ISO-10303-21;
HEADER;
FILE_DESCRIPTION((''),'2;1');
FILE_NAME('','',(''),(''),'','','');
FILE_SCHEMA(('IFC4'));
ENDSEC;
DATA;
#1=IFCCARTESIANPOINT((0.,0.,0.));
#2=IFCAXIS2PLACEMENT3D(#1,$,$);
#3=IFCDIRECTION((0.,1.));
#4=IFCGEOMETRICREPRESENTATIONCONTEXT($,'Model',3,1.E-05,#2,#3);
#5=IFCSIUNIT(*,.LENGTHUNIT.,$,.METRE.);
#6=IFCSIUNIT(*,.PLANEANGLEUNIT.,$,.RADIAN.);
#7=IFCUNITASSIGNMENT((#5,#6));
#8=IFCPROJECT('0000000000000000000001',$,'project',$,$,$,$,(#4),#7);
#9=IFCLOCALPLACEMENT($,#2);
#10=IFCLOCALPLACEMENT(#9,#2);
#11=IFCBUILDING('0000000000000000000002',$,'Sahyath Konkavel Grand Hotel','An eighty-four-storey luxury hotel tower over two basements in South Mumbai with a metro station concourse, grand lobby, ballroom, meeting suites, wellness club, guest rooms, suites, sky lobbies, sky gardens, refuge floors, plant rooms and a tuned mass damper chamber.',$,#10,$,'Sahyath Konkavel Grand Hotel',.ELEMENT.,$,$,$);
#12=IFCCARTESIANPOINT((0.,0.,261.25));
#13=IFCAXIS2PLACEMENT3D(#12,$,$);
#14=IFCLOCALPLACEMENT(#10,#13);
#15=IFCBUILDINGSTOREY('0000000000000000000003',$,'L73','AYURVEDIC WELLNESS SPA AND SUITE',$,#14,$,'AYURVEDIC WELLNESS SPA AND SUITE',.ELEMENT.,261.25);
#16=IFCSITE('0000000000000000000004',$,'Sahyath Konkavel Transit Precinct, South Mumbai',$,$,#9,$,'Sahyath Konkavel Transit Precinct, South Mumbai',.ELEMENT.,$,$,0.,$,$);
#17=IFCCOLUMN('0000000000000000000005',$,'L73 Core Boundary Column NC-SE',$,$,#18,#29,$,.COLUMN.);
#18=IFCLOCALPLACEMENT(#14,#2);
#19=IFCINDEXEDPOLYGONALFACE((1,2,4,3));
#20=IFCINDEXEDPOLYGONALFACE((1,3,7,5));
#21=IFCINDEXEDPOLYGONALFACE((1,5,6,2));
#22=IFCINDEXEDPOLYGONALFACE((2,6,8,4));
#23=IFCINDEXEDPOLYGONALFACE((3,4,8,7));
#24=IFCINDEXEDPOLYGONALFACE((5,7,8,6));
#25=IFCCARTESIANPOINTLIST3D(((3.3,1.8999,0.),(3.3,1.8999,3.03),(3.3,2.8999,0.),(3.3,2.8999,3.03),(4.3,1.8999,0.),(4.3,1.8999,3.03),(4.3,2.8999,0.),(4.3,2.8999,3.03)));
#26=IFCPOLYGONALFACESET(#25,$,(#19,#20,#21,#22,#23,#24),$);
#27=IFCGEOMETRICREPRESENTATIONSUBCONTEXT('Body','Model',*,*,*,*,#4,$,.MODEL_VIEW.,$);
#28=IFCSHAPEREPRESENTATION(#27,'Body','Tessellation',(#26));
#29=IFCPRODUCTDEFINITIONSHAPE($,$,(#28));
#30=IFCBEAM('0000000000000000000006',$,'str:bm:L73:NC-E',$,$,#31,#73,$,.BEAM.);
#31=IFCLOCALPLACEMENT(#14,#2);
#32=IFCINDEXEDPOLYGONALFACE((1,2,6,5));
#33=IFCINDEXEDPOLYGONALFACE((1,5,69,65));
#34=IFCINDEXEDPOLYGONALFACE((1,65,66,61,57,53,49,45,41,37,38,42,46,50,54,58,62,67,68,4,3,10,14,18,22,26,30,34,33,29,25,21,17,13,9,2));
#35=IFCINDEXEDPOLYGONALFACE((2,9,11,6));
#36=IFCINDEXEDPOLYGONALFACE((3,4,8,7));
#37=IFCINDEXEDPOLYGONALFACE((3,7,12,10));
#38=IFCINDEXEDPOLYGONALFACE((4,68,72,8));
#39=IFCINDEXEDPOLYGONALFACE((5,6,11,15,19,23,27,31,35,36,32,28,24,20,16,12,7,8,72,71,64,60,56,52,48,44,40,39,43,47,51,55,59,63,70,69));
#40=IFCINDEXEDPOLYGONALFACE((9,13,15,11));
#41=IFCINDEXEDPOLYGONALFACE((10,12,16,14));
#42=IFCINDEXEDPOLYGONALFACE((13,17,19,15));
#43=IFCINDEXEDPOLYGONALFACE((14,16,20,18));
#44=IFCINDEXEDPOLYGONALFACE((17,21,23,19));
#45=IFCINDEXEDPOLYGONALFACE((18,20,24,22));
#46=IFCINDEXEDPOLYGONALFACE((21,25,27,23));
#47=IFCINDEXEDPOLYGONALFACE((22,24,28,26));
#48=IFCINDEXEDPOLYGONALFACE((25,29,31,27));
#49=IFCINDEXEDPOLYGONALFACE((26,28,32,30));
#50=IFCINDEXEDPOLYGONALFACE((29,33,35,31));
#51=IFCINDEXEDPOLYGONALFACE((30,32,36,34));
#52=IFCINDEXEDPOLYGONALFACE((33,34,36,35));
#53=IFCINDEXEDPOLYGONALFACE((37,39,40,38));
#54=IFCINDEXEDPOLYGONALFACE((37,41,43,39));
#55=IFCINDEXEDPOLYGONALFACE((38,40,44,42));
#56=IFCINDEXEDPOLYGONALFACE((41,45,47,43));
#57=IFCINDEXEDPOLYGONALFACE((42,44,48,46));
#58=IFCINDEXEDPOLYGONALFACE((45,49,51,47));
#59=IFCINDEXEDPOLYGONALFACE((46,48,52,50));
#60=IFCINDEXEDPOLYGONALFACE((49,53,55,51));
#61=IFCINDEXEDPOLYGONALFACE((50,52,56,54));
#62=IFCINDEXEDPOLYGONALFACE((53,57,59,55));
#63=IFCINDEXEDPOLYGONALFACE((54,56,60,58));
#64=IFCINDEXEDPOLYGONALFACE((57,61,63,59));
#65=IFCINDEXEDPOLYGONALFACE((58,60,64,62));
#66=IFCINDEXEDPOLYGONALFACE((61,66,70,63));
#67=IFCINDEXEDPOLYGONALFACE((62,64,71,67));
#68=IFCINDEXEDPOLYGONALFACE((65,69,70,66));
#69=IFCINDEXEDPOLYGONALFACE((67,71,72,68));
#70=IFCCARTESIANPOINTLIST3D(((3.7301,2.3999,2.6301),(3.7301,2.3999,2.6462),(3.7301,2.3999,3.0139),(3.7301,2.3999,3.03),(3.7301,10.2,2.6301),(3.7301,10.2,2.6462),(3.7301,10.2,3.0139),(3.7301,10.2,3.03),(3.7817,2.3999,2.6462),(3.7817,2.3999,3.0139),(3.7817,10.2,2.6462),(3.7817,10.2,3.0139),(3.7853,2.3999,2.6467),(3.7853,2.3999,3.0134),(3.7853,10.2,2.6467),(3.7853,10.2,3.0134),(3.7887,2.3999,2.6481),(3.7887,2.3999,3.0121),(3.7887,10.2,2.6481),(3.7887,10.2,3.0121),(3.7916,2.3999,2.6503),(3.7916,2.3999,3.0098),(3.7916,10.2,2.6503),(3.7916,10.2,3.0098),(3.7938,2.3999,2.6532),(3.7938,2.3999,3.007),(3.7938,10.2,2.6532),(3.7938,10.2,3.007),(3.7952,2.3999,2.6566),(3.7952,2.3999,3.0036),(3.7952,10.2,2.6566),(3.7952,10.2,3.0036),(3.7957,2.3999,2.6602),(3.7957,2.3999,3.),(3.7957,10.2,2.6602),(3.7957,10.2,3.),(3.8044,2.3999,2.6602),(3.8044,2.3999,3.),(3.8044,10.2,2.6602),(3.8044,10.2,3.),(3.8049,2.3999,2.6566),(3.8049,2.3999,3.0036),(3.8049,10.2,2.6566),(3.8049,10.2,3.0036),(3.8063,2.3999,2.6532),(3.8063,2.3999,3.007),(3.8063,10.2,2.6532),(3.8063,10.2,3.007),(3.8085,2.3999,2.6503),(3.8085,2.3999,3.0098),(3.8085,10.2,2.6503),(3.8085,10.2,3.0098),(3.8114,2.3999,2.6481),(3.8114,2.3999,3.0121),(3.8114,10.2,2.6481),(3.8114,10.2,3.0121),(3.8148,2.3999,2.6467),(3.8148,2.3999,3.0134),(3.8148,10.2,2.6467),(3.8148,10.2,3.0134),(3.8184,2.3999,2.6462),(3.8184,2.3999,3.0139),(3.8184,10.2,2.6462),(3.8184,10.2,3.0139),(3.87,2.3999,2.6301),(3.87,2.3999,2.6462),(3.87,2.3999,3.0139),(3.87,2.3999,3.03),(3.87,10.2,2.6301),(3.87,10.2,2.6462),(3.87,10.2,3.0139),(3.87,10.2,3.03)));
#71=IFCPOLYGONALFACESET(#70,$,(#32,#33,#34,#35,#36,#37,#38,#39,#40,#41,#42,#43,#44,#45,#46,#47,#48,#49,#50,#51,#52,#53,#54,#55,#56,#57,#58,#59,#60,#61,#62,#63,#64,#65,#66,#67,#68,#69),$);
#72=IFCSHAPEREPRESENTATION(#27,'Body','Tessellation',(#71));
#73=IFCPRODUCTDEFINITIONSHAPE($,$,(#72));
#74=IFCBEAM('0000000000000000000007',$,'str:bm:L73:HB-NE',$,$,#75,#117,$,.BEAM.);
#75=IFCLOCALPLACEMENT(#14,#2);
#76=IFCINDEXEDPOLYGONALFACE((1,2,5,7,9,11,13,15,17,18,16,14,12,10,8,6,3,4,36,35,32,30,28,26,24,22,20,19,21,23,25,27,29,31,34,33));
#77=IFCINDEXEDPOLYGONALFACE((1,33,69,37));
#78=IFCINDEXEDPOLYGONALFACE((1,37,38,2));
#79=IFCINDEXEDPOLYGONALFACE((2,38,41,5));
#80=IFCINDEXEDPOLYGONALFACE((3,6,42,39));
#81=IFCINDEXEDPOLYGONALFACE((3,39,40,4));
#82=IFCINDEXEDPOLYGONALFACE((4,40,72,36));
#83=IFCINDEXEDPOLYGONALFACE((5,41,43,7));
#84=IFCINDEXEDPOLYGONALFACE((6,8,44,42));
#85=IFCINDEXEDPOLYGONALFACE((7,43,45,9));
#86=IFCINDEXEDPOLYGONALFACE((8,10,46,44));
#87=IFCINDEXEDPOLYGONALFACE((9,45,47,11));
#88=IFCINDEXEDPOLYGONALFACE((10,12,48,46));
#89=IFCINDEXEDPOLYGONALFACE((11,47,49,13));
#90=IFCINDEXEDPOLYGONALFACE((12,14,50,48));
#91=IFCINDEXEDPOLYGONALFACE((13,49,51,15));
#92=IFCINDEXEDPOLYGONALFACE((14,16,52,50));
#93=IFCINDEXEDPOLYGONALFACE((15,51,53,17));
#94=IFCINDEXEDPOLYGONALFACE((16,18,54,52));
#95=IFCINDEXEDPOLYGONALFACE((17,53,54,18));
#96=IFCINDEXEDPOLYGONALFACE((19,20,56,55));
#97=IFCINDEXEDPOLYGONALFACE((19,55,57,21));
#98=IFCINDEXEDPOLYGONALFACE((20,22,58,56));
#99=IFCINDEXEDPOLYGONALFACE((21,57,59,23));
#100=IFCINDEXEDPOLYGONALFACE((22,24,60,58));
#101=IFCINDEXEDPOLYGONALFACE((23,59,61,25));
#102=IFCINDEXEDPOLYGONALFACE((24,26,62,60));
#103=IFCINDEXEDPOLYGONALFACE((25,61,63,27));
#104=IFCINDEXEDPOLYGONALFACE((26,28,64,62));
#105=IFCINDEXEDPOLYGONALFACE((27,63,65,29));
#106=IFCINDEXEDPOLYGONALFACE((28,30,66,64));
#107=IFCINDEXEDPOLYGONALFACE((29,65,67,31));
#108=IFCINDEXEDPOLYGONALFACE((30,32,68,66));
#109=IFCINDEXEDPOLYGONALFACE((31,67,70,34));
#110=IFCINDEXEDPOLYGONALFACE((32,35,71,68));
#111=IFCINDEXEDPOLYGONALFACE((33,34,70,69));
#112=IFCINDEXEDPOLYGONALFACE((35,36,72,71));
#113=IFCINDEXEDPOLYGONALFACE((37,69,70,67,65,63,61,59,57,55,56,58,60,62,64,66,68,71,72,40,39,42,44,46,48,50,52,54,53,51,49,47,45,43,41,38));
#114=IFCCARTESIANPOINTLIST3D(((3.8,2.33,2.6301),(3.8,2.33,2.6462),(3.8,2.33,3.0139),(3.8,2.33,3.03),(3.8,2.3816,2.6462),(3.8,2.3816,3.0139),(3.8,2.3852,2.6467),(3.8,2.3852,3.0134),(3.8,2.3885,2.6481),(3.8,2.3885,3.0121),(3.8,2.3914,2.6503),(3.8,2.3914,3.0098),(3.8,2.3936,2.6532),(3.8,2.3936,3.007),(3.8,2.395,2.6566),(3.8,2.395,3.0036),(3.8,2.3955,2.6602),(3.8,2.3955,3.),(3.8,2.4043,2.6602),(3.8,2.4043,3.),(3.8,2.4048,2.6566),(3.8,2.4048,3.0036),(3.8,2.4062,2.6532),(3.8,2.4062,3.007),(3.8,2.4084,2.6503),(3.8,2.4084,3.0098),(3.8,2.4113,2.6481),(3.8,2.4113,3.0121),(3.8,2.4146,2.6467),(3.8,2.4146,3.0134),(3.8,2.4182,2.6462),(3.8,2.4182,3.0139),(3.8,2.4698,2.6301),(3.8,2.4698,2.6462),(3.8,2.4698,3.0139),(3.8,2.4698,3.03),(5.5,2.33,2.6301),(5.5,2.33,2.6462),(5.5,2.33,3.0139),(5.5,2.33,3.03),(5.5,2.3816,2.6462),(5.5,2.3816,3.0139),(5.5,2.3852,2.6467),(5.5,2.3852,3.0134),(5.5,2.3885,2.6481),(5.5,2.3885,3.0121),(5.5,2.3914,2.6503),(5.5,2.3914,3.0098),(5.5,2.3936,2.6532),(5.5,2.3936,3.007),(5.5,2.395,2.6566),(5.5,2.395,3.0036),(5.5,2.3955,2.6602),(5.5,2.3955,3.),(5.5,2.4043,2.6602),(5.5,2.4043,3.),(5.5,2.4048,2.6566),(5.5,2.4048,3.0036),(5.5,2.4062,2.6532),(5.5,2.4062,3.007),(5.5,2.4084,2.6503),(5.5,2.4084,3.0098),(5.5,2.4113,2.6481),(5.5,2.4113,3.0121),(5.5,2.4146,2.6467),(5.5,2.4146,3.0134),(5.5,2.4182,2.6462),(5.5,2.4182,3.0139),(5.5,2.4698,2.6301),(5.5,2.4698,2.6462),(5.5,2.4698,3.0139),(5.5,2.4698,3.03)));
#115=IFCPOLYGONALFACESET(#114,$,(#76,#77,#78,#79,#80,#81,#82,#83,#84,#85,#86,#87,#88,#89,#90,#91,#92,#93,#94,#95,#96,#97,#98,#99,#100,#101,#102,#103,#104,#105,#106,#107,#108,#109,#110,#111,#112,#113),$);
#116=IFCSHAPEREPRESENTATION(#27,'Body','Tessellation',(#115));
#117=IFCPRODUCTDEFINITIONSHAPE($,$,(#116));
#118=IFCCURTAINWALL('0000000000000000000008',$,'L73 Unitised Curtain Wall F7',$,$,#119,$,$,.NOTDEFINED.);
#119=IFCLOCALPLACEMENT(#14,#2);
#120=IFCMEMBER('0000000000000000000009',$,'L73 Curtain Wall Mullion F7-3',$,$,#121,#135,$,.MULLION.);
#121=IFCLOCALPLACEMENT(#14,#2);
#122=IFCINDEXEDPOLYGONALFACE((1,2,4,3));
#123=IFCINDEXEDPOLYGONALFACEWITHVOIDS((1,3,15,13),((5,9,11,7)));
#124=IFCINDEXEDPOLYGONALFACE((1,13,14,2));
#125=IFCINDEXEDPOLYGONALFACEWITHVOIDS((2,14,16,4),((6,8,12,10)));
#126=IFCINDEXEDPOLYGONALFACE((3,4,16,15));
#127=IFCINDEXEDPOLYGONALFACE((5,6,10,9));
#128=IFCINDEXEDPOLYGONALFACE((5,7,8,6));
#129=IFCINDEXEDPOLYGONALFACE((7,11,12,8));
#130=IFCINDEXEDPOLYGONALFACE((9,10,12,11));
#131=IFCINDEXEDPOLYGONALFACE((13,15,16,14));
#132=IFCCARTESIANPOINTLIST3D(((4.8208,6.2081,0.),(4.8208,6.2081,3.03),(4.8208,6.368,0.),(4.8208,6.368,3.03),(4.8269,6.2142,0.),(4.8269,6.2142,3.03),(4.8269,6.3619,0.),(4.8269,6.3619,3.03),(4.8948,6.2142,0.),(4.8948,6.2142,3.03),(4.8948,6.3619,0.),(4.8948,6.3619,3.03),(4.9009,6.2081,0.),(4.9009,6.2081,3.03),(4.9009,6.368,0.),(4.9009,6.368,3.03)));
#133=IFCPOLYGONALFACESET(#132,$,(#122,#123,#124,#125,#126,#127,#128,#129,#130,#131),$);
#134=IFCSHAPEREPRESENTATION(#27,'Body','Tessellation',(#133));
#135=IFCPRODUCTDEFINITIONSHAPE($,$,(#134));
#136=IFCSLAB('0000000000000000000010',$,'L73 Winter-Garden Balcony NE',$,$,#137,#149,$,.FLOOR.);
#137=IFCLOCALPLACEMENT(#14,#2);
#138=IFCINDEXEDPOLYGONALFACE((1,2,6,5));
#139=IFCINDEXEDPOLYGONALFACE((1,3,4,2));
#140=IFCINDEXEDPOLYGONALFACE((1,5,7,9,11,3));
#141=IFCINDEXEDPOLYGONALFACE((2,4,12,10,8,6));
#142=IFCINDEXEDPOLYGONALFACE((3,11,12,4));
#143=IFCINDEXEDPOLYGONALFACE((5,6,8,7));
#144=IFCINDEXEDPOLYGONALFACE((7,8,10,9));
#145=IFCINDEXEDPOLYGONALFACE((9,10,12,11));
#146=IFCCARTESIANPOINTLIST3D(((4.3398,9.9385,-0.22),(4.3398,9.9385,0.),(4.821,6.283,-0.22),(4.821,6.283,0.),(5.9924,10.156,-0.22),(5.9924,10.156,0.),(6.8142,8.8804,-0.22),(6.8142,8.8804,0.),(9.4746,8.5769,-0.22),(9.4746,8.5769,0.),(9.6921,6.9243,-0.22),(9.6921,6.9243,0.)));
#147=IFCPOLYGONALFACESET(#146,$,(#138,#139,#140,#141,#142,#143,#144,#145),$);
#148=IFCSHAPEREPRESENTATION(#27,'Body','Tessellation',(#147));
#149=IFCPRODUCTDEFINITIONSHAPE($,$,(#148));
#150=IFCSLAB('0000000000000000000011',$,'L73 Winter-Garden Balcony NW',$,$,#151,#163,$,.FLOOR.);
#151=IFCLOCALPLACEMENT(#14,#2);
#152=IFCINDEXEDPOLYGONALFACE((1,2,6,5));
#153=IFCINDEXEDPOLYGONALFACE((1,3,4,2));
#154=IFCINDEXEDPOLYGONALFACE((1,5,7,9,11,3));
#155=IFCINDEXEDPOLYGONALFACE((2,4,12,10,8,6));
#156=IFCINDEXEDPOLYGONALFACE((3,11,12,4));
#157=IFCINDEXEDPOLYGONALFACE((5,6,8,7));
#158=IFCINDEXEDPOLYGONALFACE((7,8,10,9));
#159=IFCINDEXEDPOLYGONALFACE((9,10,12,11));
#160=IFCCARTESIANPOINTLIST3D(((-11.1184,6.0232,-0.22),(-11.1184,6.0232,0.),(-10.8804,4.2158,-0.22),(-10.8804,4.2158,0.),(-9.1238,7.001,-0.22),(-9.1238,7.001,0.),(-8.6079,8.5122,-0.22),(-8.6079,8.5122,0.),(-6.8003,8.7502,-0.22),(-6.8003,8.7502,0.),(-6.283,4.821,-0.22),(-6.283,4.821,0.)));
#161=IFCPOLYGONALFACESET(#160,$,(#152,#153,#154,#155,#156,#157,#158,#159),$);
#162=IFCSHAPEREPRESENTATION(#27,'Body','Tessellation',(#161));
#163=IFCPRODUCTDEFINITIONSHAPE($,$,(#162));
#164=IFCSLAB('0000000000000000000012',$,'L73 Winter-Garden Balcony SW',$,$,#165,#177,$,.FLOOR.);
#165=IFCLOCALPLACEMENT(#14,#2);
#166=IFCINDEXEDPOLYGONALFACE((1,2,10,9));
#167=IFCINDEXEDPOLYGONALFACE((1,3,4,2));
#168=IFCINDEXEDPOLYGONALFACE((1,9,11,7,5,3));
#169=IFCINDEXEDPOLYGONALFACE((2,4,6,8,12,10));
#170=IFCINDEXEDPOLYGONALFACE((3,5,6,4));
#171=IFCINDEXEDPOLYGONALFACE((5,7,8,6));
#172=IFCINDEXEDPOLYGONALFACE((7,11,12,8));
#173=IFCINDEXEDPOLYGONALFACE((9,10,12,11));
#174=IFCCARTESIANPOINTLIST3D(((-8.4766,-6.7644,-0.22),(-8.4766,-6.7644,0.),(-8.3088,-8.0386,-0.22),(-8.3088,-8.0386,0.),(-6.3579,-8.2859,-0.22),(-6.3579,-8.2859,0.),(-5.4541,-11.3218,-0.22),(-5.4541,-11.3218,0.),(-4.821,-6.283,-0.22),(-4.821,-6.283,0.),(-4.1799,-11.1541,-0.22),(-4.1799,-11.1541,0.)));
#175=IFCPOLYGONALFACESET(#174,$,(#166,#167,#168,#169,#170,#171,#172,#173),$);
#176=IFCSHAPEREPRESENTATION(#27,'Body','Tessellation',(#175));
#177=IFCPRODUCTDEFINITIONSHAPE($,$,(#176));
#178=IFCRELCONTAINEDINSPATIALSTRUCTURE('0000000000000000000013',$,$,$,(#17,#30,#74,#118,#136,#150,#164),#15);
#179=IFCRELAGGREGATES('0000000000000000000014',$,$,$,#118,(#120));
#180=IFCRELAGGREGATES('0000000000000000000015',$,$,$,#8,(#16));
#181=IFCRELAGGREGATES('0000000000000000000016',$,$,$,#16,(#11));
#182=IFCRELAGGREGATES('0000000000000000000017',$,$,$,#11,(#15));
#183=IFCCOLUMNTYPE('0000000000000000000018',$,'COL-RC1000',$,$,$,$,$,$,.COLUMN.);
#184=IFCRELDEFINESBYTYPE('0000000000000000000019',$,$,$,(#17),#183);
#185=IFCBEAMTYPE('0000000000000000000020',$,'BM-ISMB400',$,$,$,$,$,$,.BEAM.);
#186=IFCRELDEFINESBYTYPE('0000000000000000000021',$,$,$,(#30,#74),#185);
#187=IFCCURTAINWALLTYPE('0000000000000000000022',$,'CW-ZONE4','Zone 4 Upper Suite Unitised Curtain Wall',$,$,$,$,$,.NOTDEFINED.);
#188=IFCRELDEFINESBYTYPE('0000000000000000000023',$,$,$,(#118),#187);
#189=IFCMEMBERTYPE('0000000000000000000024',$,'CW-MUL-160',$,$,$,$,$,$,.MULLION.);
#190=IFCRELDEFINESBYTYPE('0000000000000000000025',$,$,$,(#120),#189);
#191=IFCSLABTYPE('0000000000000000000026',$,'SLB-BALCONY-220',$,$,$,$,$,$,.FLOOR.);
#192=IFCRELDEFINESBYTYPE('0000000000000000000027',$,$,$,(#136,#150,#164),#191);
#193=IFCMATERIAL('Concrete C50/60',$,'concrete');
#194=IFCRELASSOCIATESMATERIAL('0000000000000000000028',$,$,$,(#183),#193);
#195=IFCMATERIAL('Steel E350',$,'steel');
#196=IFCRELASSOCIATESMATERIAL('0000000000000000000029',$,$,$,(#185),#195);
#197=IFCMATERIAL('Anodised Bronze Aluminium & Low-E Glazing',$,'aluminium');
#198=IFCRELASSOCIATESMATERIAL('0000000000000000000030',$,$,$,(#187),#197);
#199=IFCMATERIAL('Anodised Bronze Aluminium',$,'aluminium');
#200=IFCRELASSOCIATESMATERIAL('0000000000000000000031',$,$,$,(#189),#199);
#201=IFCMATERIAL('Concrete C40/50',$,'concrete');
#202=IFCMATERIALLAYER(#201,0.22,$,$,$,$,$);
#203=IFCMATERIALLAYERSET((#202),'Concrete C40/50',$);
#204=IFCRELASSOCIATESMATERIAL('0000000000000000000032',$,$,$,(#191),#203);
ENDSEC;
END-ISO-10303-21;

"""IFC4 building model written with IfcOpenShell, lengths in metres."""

from ifc_helpers import new_model, si_unit, direction, frame, origin, origin_2d, place, context, subcontext, project, spatial, polyline, rectangle, hollow_rectangle, i_section, outline, extrude, source, transform, mapped, material, layer, layer_set, material_profile, profile_set, type_object, element, aggregate, save


model = new_model("IFC4")

# Units and contexts
model_context = context("Model", 3, precision=1e-05, world=origin(), true_north=direction((0.0, 1.0)))
body_context = subcontext(model_context, "Body", "Model", "MODEL_VIEW")
ifc_project = project(units=[si_unit("LENGTHUNIT", "METRE"), si_unit("PLANEANGLEUNIT", "RADIAN")], contexts=[model_context])

# Site, building, storey
site_placement = place(None, origin())
site = spatial("IfcSite", under=ifc_project, at=site_placement, Name="Sahyath Konkavel Transit Precinct, South Mumbai", LongName="Sahyath Konkavel Transit Precinct, South Mumbai", CompositionType="ELEMENT", RefElevation=0.0)
building_placement = place(site_placement, origin())
building = spatial("IfcBuilding", under=site, at=building_placement, Name="Sahyath Konkavel Grand Hotel", Description="An eighty-four-storey luxury hotel tower over two basements in South Mumbai with a metro station concourse, grand lobby, ballroom, meeting suites, wellness club, guest rooms, suites, sky lobbies, sky gardens, refuge floors, plant rooms and a tuned mass damper chamber.", LongName="Sahyath Konkavel Grand Hotel", CompositionType="ELEMENT")
storey_placement = place(building_placement, frame((0.0, 0.0, 261.25)))
storey = spatial("IfcBuildingStorey", under=building, at=storey_placement, Name="L73", Description="AYURVEDIC WELLNESS SPA AND SUITE", LongName="AYURVEDIC WELLNESS SPA AND SUITE", CompositionType="ELEMENT", Elevation=261.25)

# Column
ifc_material_1 = material(Name="Concrete C50/60", Category="concrete")
ifc_material_profile_1 = material_profile(ifc_material_1, rectangle(XDim=1.0, YDim=1.0, at=origin_2d()), Name="RC 1000x1000")
ifc_profile_set_1 = profile_set([ifc_material_profile_1], Name="Concrete C50/60")
column_type = type_object("IfcColumnType", Name="COL-RC1000", PredefinedType="COLUMN", material=ifc_profile_set_1)
shared_shape_1 = source(origin(), body_context, "Body", "SweptSolid", [
    extrude(rectangle(XDim=1.0, YDim=1.0, at=origin_2d()), origin(), (0.0, 0.0, 1.0), 3.03),
])
column_placement = place(storey_placement, frame((3.8, 2.3999, 0.0), z_axis=(0.0, 0.0, 1.0), x_axis=(1.0, 0.0, 0.0)))
element("IfcColumn", 1, at=column_placement, inside=storey, type_object=column_type, Name="L73 Core Boundary Column NC-SE", PredefinedType="COLUMN", context=body_context, shape_type="MappedRepresentation", body=[
    mapped(shared_shape_1, transform((0.0, 0.0, 0.0), scale=1.0)),
])

# Beams
ifc_material_2 = material(Name="Steel E350", Category="steel")
ifc_material_profile_2 = material_profile(ifc_material_2, i_section(OverallWidth=0.1399, OverallDepth=0.3999, WebThickness=0.0088, FlangeThickness=0.0161, FilletRadius=0.0139, at=origin_2d()), Name="ISMB 400")
ifc_profile_set_2 = profile_set([ifc_material_profile_2], Name="Steel E350")
beam_type = type_object("IfcBeamType", Name="BM-ISMB400", PredefinedType="BEAM", material=ifc_profile_set_2)
shared_shape_2 = source(origin(), body_context, "Body", "SweptSolid", [
    extrude(i_section(OverallWidth=0.1399, OverallDepth=0.3999, WebThickness=0.0088, FlangeThickness=0.0161, FilletRadius=0.0139, at=origin_2d()), origin(), (0.0, 0.0, 1.0), 7.8),
])
beam_1_placement = place(storey_placement, frame((3.8, 2.3999, 2.8301), z_axis=(0.0, 1.0, 0.0), x_axis=(-1.0, 0.0, 0.0)))
element("IfcBeam", 2, at=beam_1_placement, inside=storey, type_object=beam_type, Name="str:bm:L73:NC-E", PredefinedType="BEAM", context=body_context, shape_type="MappedRepresentation", body=[
    mapped(shared_shape_2, transform((0.0, 0.0, 0.0), scale=1.0)),
])
shared_shape_3 = source(origin(), body_context, "Body", "SweptSolid", [
    extrude(i_section(OverallWidth=0.1399, OverallDepth=0.3999, WebThickness=0.0088, FlangeThickness=0.0161, FilletRadius=0.0139, at=origin_2d()), origin(), (0.0, 0.0, 1.0), 1.7),
])
beam_2_placement = place(storey_placement, frame((3.8, 2.3999, 2.8301), z_axis=(1.0, 0.0, 0.0), x_axis=(0.0, 1.0, 0.0)))
element("IfcBeam", 3, at=beam_2_placement, inside=storey, type_object=beam_type, Name="str:bm:L73:HB-NE", PredefinedType="BEAM", context=body_context, shape_type="MappedRepresentation", body=[
    mapped(shared_shape_3, transform((0.0, 0.0, 0.0), scale=1.0)),
])

# Curtain wall, member
ifc_material_3 = material(Name="Anodised Bronze Aluminium & Low-E Glazing", Category="aluminium")
curtain_wall_type = type_object("IfcCurtainWallType", Name="CW-ZONE4", Description="Zone 4 Upper Suite Unitised Curtain Wall", PredefinedType="NOTDEFINED", material=ifc_material_3)
curtain_wall_placement = place(storey_placement, origin())
curtain_wall = element("IfcCurtainWall", 4, at=curtain_wall_placement, inside=storey, type_object=curtain_wall_type, Name="L73 Unitised Curtain Wall F7", PredefinedType="NOTDEFINED")
ifc_material_4 = material(Name="Anodised Bronze Aluminium", Category="aluminium")
ifc_material_profile_3 = material_profile(ifc_material_4, hollow_rectangle(XDim=0.0801, YDim=0.1599, WallThickness=0.0061, at=origin_2d()), Name="RHS 160x80x6")
ifc_profile_set_3 = profile_set([ifc_material_profile_3], Name="Anodised Bronze Aluminium")
member_type = type_object("IfcMemberType", Name="CW-MUL-160", PredefinedType="MULLION", material=ifc_profile_set_3)
shared_shape_4 = source(origin(), body_context, "Body", "SweptSolid", [
    extrude(hollow_rectangle(XDim=0.0801, YDim=0.1599, WallThickness=0.0061, at=origin_2d()), origin(), (0.0, 0.0, 1.0), 3.03),
])
member_placement = place(storey_placement, frame((4.8608, 6.2881, 0.0), z_axis=(0.0, 0.0, 1.0), x_axis=(1.0, 0.0, 0.0)))
member = element("IfcMember", 5, at=member_placement, type_object=member_type, Name="L73 Curtain Wall Mullion F7-3", PredefinedType="MULLION", context=body_context, shape_type="MappedRepresentation", body=[
    mapped(shared_shape_4, transform((0.0, 0.0, 0.0), scale=1.0)),
])
aggregate(curtain_wall, [member])

# Slabs
ifc_material_5 = material(Name="Concrete C40/50", Category="concrete")
ifc_layer_1 = layer(ifc_material_5, 0.22)
ifc_layer_set_1 = layer_set([ifc_layer_1], Name="Concrete C40/50")
slab_type_1 = type_object("IfcSlabType", Name="SLB-BALCONY-220", PredefinedType="FLOOR", material=ifc_layer_set_1)
slab_1_placement = place(storey_placement, frame((0.0, 0.0, -0.22)))
element("IfcSlab", 6, at=slab_1_placement, inside=storey, type_object=slab_type_1, Name="L73 Winter-Garden Balcony NE", PredefinedType="FLOOR", context=body_context, shape_type="SweptSolid", body=[
    extrude(outline(polyline([(4.821, 6.283), (9.6921, 6.9243), (9.4746, 8.5769), (6.8142, 8.8804), (5.9924, 10.156), (4.3398, 9.9385), (4.821, 6.283)])), origin(), (0.0, 0.0, 1.0), 0.22),
])
slab_2_placement = place(storey_placement, frame((0.0, 0.0, -0.22)))
element("IfcSlab", 7, at=slab_2_placement, inside=storey, type_object=slab_type_1, Name="L73 Winter-Garden Balcony NW", PredefinedType="FLOOR", context=body_context, shape_type="SweptSolid", body=[
    extrude(outline(polyline([(-6.283, 4.821), (-6.8003, 8.7502), (-8.6079, 8.5122), (-9.1238, 7.001), (-11.1184, 6.0232), (-10.8804, 4.2158), (-6.283, 4.821)])), origin(), (0.0, 0.0, 1.0), 0.22),
])
slab_3_placement = place(storey_placement, frame((0.0, 0.0, -0.22)))
element("IfcSlab", 8, at=slab_3_placement, inside=storey, type_object=slab_type_1, Name="L73 Winter-Garden Balcony SW", PredefinedType="FLOOR", context=body_context, shape_type="SweptSolid", body=[
    extrude(outline(polyline([(-4.821, -6.283), (-8.4766, -6.7644), (-8.3088, -8.0386), (-6.3579, -8.2859), (-5.4541, -11.3218), (-4.1799, -11.1541), (-4.821, -6.283)])), origin(), (0.0, 0.0, 1.0), 0.22),
])

save(model, "model.ifc")
